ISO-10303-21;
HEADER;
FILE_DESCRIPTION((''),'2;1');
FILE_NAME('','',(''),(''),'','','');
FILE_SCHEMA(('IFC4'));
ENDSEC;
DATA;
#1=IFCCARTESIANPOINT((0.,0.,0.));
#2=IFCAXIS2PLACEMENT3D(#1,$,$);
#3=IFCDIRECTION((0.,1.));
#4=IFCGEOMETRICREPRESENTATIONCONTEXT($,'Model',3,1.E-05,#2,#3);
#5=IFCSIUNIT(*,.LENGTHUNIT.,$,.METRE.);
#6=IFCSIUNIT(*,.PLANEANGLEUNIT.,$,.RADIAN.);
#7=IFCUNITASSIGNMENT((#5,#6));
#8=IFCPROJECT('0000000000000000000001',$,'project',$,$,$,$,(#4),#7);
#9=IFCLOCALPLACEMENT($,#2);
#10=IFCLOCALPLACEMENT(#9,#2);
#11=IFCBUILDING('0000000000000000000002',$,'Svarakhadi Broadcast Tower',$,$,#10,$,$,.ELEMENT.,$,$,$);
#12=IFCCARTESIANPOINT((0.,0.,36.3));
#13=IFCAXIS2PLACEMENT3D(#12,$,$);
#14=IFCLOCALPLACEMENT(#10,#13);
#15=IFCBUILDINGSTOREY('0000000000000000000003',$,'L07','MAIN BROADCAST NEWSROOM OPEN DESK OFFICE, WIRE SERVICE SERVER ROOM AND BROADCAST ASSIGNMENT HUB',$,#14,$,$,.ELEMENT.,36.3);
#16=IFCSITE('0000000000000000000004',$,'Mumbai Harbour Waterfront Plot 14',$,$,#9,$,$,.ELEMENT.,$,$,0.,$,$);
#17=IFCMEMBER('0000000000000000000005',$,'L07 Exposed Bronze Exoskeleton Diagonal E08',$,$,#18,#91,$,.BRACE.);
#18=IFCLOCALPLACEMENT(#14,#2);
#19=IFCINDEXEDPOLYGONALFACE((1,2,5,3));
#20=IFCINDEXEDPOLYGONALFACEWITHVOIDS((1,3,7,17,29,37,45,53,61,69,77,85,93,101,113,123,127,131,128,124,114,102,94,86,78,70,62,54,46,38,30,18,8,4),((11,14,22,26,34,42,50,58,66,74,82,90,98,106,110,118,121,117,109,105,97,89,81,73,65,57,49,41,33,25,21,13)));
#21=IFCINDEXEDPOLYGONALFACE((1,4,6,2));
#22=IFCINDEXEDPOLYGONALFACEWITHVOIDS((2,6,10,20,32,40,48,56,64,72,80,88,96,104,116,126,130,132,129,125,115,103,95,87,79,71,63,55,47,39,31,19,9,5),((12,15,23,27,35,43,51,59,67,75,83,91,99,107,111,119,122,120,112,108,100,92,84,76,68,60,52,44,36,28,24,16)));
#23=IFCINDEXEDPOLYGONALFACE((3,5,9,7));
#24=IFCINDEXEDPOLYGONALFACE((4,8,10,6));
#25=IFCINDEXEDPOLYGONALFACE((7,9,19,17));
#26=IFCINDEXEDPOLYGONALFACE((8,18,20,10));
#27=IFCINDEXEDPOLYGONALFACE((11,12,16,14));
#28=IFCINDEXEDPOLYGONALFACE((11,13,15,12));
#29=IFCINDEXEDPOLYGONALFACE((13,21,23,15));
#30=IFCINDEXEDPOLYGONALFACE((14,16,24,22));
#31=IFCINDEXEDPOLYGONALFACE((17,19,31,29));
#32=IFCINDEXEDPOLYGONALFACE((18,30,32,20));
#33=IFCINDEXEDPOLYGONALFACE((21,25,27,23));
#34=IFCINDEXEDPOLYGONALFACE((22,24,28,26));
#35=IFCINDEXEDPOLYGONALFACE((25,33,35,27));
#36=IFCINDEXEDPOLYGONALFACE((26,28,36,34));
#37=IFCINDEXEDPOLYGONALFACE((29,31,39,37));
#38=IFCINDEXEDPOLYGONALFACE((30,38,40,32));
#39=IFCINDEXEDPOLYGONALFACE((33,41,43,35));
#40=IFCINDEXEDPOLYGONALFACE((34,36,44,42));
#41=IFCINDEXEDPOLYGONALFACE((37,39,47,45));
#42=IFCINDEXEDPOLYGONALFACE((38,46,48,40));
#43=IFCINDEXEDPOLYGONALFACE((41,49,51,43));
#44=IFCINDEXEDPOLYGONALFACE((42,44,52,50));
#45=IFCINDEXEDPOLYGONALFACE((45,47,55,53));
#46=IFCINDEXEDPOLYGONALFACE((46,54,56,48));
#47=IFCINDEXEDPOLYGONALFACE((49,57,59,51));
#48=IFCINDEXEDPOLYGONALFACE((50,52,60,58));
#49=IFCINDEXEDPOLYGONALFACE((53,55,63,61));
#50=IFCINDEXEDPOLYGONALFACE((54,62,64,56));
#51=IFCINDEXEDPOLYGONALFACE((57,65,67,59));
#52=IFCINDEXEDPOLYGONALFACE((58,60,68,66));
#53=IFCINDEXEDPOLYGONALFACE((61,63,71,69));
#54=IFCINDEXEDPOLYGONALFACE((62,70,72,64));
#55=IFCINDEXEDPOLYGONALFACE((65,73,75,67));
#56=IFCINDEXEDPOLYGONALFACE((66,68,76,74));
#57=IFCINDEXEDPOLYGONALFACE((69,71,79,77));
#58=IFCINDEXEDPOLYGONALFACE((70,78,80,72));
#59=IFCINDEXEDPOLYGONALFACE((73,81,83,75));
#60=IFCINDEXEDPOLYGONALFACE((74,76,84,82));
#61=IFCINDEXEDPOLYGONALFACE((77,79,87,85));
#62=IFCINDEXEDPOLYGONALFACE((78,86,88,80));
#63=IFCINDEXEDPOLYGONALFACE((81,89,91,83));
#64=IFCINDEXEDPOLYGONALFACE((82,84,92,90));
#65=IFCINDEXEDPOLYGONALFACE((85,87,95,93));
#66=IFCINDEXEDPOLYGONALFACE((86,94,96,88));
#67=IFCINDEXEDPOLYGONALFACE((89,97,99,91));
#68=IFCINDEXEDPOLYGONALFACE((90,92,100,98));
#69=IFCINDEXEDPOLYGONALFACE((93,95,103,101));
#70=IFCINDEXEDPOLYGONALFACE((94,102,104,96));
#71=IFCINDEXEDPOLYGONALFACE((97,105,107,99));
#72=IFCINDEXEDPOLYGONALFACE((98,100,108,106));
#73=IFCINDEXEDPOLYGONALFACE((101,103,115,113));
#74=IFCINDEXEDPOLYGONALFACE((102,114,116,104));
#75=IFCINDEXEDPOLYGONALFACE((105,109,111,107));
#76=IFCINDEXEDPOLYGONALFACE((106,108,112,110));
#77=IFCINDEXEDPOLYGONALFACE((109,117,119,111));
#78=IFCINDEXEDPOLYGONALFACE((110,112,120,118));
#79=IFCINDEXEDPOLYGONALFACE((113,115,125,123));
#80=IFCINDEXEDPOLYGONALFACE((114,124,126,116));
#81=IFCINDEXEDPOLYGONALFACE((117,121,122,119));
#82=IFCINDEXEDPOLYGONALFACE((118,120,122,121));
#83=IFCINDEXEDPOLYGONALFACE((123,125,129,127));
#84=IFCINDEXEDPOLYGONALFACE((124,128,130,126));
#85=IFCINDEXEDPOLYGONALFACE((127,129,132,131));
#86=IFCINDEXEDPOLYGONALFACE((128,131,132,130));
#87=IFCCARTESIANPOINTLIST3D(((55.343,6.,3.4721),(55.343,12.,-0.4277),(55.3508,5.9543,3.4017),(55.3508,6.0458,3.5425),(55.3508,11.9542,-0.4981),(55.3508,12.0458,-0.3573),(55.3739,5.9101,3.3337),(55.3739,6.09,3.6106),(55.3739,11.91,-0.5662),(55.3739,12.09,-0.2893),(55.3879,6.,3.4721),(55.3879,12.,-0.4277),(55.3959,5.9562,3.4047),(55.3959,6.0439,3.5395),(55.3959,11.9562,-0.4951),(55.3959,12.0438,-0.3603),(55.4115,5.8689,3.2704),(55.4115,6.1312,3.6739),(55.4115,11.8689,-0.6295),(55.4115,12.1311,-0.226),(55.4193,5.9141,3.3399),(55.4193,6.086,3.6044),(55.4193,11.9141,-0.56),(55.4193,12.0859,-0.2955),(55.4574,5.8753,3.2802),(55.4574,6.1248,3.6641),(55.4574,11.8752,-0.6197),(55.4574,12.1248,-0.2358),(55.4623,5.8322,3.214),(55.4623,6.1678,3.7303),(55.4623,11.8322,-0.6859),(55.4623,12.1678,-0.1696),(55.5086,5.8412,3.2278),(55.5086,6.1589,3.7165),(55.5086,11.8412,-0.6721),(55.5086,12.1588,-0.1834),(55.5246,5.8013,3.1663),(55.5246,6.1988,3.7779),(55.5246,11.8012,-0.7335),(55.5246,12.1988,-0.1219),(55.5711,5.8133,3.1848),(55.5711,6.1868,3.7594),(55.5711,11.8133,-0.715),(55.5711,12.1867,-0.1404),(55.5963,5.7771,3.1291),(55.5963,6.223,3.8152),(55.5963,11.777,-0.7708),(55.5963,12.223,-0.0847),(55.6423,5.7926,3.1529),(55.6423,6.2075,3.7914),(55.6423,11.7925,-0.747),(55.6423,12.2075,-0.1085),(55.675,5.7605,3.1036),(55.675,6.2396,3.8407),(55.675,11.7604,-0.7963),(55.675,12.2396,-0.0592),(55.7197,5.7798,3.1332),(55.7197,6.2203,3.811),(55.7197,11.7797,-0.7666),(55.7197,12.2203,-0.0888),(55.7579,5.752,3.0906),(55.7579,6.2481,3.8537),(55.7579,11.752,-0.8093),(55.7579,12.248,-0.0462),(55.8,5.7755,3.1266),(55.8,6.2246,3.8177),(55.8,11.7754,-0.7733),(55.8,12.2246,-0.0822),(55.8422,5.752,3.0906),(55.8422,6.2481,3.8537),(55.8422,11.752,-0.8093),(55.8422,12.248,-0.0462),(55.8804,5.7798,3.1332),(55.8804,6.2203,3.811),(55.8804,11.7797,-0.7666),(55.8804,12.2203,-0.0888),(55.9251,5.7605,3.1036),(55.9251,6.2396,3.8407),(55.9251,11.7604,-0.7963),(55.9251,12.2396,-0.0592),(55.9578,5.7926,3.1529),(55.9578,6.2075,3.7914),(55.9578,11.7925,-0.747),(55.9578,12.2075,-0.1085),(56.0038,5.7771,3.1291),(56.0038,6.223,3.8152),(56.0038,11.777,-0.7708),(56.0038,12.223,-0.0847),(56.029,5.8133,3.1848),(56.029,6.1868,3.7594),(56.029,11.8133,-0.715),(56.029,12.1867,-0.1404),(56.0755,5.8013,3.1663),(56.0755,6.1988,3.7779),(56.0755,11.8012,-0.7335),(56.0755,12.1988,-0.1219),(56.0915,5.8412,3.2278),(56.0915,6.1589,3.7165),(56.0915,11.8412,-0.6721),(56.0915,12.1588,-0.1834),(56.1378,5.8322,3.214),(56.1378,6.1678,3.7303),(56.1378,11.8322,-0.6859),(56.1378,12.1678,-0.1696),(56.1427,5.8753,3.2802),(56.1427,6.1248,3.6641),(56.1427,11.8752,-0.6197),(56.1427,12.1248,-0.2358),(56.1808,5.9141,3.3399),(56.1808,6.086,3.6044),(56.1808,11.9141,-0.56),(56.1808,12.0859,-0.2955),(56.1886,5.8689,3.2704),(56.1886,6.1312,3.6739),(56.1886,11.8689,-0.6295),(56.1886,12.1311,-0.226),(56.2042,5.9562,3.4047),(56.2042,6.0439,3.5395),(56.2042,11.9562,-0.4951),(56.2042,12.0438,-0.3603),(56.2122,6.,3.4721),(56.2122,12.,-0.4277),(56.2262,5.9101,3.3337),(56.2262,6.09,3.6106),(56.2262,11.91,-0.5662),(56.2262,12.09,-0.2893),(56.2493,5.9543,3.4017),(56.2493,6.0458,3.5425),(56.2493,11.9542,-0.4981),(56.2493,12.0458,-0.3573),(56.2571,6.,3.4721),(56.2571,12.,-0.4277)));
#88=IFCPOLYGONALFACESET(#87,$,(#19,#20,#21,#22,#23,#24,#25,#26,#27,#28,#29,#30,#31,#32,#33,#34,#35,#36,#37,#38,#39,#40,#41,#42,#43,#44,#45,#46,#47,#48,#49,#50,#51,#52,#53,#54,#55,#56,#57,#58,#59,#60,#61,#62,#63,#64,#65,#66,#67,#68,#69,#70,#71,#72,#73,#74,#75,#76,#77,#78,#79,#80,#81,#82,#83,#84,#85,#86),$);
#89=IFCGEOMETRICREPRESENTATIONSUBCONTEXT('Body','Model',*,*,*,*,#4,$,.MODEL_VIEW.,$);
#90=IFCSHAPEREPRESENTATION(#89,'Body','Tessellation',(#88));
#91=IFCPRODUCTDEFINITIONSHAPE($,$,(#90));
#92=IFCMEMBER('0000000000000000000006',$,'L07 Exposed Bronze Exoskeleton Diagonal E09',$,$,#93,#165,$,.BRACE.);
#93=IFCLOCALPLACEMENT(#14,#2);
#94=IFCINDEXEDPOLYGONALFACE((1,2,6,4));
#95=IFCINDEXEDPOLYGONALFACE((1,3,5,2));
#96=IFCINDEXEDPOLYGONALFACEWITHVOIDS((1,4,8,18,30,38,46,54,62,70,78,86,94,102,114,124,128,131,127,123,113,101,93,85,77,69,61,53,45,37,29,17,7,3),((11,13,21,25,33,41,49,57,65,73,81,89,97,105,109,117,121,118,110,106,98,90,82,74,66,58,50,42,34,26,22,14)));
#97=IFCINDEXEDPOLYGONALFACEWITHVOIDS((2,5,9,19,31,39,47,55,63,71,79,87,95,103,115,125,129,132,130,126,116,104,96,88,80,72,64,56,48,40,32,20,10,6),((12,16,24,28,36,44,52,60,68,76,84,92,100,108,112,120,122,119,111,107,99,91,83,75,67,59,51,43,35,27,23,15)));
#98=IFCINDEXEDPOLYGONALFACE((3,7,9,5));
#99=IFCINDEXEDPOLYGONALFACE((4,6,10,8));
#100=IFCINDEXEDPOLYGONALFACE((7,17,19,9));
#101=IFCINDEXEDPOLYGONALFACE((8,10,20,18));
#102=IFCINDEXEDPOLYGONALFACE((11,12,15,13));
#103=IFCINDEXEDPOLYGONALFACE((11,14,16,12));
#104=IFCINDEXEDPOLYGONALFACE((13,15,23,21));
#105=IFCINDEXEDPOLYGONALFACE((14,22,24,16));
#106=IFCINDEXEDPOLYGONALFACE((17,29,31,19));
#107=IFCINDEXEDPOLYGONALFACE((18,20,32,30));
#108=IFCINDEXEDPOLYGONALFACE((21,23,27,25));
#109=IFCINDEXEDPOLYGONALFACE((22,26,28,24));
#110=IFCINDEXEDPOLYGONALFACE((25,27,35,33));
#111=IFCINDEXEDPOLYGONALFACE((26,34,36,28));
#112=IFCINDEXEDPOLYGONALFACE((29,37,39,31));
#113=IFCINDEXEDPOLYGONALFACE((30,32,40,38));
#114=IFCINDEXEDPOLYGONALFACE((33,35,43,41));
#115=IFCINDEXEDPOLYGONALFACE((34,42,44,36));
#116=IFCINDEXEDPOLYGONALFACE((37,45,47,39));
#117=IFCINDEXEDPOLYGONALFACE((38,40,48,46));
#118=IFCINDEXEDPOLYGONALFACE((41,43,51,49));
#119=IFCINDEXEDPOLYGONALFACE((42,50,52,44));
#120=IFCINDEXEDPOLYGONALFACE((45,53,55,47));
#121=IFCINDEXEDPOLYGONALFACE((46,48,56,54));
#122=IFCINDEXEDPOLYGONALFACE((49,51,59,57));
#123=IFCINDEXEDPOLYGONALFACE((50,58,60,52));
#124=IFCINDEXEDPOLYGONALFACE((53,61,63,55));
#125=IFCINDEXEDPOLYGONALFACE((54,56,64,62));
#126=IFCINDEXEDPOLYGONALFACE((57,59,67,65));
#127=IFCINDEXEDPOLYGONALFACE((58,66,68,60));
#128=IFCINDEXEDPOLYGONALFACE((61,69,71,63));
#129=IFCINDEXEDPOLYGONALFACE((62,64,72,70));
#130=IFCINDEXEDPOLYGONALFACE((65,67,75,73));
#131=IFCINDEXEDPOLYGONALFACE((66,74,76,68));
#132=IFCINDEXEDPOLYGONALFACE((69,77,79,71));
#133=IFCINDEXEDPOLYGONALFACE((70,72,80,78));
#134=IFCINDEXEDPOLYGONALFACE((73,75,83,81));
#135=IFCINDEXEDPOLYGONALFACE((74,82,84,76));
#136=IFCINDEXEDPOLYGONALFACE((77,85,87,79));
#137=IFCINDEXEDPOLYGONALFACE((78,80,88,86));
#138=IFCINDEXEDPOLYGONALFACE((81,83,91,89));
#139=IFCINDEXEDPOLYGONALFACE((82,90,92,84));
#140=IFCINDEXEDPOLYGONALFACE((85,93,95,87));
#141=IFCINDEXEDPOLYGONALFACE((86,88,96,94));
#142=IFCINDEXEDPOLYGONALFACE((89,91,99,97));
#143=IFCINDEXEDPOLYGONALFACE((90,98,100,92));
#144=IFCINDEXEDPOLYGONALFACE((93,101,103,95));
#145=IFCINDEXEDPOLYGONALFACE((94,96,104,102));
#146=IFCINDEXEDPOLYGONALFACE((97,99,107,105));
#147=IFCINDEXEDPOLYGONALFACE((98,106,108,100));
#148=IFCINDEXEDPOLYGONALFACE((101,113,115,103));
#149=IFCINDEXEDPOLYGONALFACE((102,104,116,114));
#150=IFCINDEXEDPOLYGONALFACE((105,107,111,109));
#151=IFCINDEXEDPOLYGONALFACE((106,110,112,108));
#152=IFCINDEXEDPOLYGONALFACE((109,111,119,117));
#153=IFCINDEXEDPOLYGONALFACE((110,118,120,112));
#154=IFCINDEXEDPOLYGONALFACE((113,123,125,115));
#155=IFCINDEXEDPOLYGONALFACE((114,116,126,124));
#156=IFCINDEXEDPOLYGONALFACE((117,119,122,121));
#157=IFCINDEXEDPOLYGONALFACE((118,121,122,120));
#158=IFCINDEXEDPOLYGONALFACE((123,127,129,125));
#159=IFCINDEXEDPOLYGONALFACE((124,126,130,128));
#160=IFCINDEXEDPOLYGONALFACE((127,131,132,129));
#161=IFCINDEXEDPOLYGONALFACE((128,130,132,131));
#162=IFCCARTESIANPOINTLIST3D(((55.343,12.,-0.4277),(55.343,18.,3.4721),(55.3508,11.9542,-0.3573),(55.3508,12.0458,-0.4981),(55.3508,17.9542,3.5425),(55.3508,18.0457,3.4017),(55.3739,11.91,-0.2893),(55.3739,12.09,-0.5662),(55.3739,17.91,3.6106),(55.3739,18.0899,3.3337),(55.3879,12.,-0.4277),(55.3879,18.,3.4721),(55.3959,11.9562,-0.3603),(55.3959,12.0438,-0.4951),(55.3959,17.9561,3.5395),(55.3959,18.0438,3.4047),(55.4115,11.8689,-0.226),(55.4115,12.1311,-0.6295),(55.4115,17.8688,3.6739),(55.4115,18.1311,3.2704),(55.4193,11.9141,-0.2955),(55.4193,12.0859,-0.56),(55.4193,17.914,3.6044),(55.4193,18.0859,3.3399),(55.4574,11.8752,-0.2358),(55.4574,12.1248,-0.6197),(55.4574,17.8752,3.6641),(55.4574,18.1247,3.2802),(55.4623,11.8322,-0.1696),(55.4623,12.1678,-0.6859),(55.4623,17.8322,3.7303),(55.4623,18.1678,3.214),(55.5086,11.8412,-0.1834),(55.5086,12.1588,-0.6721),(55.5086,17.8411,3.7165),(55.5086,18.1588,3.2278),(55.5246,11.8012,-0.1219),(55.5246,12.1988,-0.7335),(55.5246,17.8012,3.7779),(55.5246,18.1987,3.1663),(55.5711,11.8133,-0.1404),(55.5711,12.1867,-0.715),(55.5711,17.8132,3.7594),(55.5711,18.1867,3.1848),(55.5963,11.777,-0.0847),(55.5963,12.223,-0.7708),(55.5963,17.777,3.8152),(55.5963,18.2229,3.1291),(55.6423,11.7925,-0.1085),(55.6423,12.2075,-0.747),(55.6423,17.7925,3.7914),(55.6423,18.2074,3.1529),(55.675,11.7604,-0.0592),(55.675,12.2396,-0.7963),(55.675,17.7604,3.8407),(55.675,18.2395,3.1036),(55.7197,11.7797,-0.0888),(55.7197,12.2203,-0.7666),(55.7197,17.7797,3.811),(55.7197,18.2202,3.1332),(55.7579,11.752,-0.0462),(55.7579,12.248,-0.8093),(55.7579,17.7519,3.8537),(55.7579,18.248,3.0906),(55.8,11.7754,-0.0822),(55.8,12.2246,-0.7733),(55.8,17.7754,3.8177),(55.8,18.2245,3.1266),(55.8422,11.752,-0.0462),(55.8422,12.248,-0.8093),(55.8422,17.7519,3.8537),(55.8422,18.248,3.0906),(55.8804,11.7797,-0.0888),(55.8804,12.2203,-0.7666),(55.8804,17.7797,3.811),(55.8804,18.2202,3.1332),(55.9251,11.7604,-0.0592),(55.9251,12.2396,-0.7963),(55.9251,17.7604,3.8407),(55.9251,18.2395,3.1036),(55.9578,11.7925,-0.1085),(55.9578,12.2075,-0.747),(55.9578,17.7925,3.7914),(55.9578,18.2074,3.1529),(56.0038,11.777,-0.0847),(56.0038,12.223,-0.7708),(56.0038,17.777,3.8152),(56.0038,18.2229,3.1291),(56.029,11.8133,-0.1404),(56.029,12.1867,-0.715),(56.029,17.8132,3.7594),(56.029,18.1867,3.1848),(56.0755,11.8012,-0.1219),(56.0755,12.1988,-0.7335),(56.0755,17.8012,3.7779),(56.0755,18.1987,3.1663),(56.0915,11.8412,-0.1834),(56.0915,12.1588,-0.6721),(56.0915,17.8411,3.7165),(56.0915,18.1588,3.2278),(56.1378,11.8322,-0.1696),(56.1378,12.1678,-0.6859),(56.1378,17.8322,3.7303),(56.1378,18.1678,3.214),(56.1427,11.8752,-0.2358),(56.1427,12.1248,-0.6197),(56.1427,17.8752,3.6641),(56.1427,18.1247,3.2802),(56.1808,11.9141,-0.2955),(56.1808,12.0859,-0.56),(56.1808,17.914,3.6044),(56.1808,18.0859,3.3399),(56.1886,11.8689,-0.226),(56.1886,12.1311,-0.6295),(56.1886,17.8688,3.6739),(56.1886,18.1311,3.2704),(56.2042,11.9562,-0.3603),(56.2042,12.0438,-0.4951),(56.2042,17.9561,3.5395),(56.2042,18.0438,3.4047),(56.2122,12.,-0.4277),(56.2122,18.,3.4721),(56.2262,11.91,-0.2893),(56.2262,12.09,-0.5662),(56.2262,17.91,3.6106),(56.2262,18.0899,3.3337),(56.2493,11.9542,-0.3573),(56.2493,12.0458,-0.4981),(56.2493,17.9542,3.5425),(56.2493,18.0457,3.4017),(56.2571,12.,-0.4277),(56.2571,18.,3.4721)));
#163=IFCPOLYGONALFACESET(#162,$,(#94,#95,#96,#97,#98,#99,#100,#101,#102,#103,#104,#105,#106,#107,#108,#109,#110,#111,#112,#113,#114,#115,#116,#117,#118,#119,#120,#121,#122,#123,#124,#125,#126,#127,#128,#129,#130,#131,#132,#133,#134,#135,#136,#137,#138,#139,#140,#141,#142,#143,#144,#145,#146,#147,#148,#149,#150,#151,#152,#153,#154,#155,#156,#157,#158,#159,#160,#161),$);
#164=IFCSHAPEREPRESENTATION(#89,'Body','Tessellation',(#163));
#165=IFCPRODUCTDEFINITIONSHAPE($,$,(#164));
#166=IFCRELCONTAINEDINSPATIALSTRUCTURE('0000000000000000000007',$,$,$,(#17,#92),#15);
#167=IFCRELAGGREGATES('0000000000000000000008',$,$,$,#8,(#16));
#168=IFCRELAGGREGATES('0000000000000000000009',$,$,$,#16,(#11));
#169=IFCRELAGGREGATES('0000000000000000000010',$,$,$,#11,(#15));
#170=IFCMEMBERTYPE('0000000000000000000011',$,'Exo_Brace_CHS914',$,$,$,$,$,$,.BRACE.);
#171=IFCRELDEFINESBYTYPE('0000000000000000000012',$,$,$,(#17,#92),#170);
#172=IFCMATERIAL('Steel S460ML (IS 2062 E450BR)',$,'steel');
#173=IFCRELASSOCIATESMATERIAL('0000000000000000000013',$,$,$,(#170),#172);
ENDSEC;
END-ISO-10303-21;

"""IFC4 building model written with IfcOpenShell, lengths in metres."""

from ifc_helpers import new_model, si_unit, direction, frame, origin, origin_2d, place, context, subcontext, project, spatial, hollow_circle, extrude, material, material_profile, profile_set, type_object, element, save


model = new_model("IFC4")

# Units and contexts
model_context = context("Model", 3, precision=1e-05, world=origin(), true_north=direction((0.0, 1.0)))
body_context = subcontext(model_context, "Body", "Model", "MODEL_VIEW")
ifc_project = project(units=[si_unit("LENGTHUNIT", "METRE"), si_unit("PLANEANGLEUNIT", "RADIAN")], contexts=[model_context])

# Site, building, storey
site_placement = place(None, origin())
site = spatial("IfcSite", under=ifc_project, at=site_placement, Name="Mumbai Harbour Waterfront Plot 14", CompositionType="ELEMENT", RefElevation=0.0)
building_placement = place(site_placement, origin())
building = spatial("IfcBuilding", under=site, at=building_placement, Name="Svarakhadi Broadcast Tower", CompositionType="ELEMENT")
storey_placement = place(building_placement, frame((0.0, 0.0, 36.3)))
storey = spatial("IfcBuildingStorey", under=building, at=storey_placement, Name="L07", Description="MAIN BROADCAST NEWSROOM OPEN DESK OFFICE, WIRE SERVICE SERVER ROOM AND BROADCAST ASSIGNMENT HUB", CompositionType="ELEMENT", Elevation=36.3)

# Members
ifc_material_1 = material(Name="Steel S460ML (IS 2062 E450BR)", Category="steel")
ifc_material_profile_1 = material_profile(ifc_material_1, hollow_circle(Radius=0.457, WallThickness=0.0449, at=origin_2d()), Name="CHS 914x45")
ifc_profile_set_1 = profile_set([ifc_material_profile_1], Name="Steel S460ML (IS 2062 E450BR)")
member_type_1 = type_object("IfcMemberType", Name="Exo_Brace_CHS914", PredefinedType="BRACE", material=ifc_profile_set_1)
for number, where, z_axis, x_axis, name in (
    (1, (55.8, 12.0, -0.4277), (0.0, -0.83845, 0.544979), (1.0, 0.0, 0.0), "L07 Exposed Bronze Exoskeleton Diagonal E08"),
    (2, (55.8, 12.0, -0.4277), (0.0, 0.83845, 0.544979), (-1.0, 0.0, 0.0), "L07 Exposed Bronze Exoskeleton Diagonal E09"),
):
    element("IfcMember", number, at=place(storey_placement, frame(where, z_axis=z_axis, x_axis=x_axis)), inside=storey, type_object=member_type_1, Name=name, PredefinedType="BRACE", context=body_context, shape_type="SweptSolid", body=[
        extrude(hollow_circle(Radius=0.457, WallThickness=0.0449, at=origin_2d()), origin(), (0.0, 0.0, 1.0), 7.156),
    ])

save(model, "model.ifc")
